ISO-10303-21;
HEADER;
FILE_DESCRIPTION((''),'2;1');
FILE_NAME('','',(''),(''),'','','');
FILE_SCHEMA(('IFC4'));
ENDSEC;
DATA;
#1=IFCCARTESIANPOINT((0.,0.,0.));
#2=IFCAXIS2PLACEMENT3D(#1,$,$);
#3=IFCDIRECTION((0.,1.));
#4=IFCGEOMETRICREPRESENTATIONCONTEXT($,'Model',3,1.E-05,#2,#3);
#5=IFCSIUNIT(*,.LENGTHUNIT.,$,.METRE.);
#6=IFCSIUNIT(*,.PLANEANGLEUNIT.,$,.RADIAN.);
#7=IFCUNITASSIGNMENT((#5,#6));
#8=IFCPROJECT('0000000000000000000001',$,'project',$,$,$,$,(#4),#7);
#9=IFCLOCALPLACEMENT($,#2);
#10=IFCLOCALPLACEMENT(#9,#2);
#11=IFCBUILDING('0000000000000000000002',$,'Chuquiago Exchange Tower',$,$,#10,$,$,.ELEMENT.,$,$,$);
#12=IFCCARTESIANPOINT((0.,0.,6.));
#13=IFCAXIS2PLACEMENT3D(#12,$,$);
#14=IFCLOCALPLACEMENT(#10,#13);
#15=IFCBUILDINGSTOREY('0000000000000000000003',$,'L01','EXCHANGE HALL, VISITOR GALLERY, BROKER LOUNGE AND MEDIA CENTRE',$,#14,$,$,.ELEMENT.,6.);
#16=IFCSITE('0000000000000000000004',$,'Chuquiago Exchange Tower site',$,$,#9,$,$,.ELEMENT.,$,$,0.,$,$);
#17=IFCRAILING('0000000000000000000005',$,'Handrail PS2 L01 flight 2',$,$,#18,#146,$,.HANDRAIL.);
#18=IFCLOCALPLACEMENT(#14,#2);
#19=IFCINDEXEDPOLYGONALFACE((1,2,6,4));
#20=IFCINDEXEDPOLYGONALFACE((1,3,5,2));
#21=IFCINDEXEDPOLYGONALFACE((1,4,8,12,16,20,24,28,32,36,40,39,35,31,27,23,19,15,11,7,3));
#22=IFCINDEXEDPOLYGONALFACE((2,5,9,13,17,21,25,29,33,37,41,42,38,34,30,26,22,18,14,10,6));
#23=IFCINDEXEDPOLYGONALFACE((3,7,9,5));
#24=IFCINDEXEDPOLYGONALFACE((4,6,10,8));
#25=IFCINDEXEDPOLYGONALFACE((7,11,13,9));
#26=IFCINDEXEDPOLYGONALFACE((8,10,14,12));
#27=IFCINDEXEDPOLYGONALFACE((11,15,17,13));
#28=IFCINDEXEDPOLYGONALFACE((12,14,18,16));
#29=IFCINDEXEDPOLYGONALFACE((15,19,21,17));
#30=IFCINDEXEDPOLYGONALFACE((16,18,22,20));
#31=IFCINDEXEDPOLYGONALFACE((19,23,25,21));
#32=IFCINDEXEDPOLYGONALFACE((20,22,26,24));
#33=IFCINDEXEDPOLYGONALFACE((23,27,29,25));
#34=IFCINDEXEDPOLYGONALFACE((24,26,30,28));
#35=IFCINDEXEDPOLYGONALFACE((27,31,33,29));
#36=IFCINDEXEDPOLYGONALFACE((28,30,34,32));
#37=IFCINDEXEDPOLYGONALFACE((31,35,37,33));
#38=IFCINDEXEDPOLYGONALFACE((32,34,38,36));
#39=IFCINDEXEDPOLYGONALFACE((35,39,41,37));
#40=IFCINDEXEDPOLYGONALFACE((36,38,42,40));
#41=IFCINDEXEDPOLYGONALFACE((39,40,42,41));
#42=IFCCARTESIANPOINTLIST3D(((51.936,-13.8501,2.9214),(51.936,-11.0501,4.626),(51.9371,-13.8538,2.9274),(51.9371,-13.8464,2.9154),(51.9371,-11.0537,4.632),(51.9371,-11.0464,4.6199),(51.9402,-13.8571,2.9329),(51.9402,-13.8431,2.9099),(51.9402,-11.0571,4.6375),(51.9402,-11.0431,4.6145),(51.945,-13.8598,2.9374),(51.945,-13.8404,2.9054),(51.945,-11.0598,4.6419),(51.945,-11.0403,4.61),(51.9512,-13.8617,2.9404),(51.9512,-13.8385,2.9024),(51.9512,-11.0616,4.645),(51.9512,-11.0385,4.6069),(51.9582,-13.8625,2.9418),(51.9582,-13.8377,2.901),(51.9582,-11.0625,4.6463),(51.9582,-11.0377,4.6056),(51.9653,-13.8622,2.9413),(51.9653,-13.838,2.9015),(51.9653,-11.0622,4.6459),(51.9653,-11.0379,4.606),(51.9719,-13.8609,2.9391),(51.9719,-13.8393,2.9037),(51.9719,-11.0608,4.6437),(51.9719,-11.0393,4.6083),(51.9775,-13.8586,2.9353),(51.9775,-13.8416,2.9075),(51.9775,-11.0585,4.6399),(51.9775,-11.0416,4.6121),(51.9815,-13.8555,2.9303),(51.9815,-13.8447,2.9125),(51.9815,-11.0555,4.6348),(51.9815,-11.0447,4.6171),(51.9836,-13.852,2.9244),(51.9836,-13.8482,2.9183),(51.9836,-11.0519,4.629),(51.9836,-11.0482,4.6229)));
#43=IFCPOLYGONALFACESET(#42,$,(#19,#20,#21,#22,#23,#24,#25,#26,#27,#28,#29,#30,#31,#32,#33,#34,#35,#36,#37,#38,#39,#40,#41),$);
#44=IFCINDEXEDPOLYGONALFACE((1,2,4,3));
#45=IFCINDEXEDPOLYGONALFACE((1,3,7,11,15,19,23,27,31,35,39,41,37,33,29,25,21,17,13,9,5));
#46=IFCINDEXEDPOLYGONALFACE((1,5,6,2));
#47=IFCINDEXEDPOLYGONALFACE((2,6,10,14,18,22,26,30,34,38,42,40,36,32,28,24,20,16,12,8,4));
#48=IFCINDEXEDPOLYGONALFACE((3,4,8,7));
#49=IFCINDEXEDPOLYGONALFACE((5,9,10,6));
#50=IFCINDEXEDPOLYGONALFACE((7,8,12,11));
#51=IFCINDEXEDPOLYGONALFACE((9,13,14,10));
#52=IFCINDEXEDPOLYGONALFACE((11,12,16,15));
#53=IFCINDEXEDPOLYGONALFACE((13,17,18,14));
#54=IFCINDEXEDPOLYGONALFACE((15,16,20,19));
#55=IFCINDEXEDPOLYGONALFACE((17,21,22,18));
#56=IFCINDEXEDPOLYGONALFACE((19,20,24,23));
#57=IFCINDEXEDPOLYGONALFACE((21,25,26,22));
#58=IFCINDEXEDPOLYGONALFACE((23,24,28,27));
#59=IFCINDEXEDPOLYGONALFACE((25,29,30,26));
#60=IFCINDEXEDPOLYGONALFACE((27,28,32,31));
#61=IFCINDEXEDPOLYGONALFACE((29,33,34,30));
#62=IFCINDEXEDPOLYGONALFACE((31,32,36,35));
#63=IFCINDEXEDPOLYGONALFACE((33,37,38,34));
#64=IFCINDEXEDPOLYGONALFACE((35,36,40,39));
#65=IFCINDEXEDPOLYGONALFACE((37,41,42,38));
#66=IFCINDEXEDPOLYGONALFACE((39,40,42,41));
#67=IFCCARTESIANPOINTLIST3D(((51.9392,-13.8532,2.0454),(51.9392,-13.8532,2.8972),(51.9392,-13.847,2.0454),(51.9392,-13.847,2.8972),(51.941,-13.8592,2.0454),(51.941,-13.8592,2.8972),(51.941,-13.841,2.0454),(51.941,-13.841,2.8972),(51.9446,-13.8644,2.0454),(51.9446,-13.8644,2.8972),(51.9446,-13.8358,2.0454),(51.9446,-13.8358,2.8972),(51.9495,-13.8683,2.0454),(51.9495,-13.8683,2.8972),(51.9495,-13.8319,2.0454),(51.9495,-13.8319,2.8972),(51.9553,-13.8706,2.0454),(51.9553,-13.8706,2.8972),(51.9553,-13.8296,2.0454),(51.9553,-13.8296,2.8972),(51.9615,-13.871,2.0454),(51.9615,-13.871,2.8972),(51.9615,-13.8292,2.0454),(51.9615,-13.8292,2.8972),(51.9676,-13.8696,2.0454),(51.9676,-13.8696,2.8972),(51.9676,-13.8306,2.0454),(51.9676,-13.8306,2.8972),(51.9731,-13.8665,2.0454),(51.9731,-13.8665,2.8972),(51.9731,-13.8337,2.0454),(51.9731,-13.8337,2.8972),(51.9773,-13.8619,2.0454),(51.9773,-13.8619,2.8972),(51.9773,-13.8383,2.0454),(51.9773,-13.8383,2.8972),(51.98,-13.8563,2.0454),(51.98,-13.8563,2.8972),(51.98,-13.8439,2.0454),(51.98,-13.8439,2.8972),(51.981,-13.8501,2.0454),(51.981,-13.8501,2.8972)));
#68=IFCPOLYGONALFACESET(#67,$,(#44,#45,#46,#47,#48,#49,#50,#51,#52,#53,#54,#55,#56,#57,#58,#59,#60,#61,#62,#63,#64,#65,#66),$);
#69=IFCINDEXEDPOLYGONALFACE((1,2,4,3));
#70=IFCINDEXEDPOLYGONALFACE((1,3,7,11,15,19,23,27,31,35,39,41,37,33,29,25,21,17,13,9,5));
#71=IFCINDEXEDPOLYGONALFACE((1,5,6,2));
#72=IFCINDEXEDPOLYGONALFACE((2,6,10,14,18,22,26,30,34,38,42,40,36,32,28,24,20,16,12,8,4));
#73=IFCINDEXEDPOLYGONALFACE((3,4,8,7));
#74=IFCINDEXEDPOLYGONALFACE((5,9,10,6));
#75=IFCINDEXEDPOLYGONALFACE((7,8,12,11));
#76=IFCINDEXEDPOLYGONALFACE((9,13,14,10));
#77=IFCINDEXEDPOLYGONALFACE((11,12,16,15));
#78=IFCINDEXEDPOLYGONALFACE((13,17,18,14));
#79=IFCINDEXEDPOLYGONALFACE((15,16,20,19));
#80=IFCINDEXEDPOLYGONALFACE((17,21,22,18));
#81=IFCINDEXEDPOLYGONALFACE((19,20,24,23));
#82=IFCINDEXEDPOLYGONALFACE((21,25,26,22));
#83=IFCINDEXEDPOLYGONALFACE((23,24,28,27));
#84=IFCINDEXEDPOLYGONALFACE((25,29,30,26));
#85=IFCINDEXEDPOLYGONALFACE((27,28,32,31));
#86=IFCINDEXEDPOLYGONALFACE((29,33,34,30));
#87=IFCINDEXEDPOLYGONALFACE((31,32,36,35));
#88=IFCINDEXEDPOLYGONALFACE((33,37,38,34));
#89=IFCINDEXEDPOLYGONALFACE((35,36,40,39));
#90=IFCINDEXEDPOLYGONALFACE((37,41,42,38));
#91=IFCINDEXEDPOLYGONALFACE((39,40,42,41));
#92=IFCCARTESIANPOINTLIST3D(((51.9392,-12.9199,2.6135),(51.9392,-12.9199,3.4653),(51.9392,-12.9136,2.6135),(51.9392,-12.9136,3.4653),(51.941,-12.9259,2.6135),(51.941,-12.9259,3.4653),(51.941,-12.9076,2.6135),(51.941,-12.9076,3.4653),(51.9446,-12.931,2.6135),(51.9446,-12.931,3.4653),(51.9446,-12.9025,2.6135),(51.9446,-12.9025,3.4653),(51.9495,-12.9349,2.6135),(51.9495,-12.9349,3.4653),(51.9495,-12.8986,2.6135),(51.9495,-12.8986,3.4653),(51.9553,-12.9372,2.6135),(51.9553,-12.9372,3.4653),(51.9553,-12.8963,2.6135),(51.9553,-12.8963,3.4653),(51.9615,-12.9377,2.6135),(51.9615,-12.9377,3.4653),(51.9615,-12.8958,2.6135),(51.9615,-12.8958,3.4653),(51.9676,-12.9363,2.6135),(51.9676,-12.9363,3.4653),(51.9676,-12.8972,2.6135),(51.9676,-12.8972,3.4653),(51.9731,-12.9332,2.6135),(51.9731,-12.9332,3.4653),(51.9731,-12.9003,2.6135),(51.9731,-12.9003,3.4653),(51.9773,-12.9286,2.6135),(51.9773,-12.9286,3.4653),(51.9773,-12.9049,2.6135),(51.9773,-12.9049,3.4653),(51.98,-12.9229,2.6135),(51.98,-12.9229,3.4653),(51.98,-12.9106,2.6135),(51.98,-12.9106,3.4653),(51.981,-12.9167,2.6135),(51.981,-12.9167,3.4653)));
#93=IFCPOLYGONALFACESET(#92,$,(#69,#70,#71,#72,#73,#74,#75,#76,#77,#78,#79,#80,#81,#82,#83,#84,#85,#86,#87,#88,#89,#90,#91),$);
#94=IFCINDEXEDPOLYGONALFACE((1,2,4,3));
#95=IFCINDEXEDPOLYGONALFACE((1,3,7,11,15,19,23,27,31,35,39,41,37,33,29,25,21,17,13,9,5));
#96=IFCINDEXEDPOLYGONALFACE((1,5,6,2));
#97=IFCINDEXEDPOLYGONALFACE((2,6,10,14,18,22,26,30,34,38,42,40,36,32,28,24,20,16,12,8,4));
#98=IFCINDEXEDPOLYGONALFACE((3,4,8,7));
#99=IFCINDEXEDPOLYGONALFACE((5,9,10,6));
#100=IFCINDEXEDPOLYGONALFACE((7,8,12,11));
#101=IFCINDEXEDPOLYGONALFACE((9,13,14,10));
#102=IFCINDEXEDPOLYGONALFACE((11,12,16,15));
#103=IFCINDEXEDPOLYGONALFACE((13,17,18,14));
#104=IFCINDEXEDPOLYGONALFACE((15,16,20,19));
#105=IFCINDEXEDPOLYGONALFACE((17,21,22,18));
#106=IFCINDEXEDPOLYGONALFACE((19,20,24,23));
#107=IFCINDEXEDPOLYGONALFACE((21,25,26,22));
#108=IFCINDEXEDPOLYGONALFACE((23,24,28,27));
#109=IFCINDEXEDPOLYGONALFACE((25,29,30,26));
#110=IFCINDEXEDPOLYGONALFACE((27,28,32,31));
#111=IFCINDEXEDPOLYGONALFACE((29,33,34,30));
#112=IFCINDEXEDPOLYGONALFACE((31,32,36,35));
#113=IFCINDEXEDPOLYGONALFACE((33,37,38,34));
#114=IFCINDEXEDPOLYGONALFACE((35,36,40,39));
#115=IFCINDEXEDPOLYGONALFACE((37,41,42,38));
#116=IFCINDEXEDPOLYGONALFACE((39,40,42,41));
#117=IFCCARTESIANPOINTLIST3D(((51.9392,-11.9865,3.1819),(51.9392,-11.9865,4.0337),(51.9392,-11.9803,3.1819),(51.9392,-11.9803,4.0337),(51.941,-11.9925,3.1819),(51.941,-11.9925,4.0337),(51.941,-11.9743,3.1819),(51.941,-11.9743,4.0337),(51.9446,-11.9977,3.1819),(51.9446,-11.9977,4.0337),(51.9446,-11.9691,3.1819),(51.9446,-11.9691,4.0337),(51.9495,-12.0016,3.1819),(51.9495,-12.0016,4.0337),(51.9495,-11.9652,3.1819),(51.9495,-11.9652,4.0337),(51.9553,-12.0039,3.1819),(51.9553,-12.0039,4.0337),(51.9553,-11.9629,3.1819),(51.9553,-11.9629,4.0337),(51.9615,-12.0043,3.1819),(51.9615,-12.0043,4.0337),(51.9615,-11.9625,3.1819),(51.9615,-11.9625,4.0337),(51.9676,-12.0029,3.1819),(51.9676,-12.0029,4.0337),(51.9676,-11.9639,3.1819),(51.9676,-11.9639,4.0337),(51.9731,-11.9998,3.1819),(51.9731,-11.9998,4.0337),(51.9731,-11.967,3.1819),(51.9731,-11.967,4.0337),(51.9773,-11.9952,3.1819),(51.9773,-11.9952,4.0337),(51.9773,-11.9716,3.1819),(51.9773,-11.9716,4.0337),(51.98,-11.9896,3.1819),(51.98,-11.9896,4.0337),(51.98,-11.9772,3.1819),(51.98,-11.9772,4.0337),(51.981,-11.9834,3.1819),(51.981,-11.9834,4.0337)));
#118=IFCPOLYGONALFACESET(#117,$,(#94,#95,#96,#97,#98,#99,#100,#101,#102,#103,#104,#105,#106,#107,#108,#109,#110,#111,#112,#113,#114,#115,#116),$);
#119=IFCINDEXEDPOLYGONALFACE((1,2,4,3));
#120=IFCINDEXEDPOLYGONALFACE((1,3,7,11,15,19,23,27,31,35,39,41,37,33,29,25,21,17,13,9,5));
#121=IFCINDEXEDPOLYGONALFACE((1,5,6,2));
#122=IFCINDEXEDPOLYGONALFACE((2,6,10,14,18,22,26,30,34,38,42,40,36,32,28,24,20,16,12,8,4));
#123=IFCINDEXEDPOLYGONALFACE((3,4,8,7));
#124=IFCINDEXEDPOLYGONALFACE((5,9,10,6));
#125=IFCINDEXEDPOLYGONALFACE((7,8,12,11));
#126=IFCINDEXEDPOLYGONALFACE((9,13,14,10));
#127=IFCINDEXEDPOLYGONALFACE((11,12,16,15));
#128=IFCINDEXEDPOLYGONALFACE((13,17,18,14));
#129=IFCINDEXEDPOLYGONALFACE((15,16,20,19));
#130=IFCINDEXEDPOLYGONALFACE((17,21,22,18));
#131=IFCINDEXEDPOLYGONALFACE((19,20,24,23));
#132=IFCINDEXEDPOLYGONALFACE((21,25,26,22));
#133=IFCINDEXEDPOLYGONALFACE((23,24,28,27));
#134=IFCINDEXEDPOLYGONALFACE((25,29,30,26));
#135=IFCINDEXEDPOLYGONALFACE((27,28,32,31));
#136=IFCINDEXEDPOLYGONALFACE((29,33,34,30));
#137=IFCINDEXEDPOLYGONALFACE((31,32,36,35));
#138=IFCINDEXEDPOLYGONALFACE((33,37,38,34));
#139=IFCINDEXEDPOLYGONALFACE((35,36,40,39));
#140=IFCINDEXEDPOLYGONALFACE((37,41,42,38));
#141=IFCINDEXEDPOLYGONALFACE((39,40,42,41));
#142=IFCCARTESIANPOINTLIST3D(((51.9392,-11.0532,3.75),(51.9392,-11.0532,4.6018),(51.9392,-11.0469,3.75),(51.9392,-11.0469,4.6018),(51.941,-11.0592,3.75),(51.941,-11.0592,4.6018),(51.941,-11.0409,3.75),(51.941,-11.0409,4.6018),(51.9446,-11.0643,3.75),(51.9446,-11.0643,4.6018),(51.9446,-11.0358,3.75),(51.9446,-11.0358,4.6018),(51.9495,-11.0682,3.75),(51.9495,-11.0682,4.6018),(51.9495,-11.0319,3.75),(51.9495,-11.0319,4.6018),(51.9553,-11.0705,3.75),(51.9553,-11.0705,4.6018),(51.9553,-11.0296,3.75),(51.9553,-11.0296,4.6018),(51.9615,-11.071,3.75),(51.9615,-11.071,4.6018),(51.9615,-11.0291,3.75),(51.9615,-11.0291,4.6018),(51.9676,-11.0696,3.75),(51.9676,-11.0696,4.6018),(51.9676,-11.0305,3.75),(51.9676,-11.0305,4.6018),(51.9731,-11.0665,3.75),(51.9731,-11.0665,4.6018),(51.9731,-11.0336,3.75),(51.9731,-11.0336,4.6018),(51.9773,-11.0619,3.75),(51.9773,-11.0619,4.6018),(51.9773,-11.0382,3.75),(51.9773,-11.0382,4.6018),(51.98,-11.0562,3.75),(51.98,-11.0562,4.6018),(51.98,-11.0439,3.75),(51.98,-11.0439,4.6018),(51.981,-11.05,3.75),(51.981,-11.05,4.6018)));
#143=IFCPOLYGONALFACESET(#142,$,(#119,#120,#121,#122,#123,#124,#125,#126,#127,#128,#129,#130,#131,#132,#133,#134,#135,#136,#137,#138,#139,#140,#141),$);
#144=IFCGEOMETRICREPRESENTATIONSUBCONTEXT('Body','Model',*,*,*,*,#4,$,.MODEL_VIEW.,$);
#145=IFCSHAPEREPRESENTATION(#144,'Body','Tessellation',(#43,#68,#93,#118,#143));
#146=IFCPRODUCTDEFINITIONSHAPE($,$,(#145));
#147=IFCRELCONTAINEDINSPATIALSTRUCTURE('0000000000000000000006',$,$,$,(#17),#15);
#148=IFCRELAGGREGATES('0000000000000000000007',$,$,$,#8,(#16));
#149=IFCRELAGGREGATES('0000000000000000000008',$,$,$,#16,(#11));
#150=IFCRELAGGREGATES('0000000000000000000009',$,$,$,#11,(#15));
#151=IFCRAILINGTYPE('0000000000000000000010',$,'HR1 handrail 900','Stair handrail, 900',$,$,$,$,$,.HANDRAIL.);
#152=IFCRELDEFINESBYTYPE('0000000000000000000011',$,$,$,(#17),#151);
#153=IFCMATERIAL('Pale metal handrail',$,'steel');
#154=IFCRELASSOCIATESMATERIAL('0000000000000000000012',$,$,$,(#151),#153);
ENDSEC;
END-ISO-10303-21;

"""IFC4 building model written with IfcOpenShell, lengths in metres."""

from ifc_helpers import new_model, si_unit, direction, frame, origin, origin_2d, place, context, subcontext, project, spatial, circle, extrude, material, type_object, element, save


model = new_model("IFC4")

# Units and contexts
model_context = context("Model", 3, precision=1e-05, world=origin(), true_north=direction((0.0, 1.0)))
body_context = subcontext(model_context, "Body", "Model", "MODEL_VIEW")
ifc_project = project(units=[si_unit("LENGTHUNIT", "METRE"), si_unit("PLANEANGLEUNIT", "RADIAN")], contexts=[model_context])

# Site, building, storey
site_placement = place(None, origin())
site = spatial("IfcSite", under=ifc_project, at=site_placement, Name="Chuquiago Exchange Tower site", CompositionType="ELEMENT", RefElevation=0.0)
building_placement = place(site_placement, origin())
building = spatial("IfcBuilding", under=site, at=building_placement, Name="Chuquiago Exchange Tower", CompositionType="ELEMENT")
storey_placement = place(building_placement, frame((0.0, 0.0, 6.0)))
storey = spatial("IfcBuildingStorey", under=building, at=storey_placement, Name="L01", Description="EXCHANGE HALL, VISITOR GALLERY, BROKER LOUNGE AND MEDIA CENTRE", CompositionType="ELEMENT", Elevation=6.0)

# Railing
ifc_material_1 = material(Name="Pale metal handrail", Category="steel")
railing_type = type_object("IfcRailingType", Name="HR1 handrail 900", Description="Stair handrail, 900", PredefinedType="HANDRAIL", material=ifc_material_1)
for number, where, name in (
    (1, (51.96, -13.8501, 2.0454), "Handrail PS2 L01 flight 2"),
):
    element("IfcRailing", number, at=place(storey_placement, frame(where)), inside=storey, type_object=railing_type, Name=name, PredefinedType="HANDRAIL", context=body_context, shape_type="SweptSolid", body=[
        extrude(circle(Radius=0.0239, at=origin_2d()), frame((0.0, 0.0, 0.876), z_axis=(0.0, 0.85417, 0.519994), x_axis=(-1.0, 0.0, 0.0)), (0.0, 0.0, 1.0), 3.2781),
        extrude(circle(Radius=0.021, at=origin_2d()), origin(), (0.0, 0.0, 1.0), 0.8518),
        extrude(circle(Radius=0.021, at=origin_2d()), frame((0.0, 0.9333, 0.5681)), (0.0, 0.0, 1.0), 0.8518),
        extrude(circle(Radius=0.021, at=origin_2d()), frame((0.0, 1.8667, 1.1365)), (0.0, 0.0, 1.0), 0.8518),
        extrude(circle(Radius=0.021, at=origin_2d()), frame((0.0, 2.8, 1.7046)), (0.0, 0.0, 1.0), 0.8518),
    ])

save(model, "model.ifc")
